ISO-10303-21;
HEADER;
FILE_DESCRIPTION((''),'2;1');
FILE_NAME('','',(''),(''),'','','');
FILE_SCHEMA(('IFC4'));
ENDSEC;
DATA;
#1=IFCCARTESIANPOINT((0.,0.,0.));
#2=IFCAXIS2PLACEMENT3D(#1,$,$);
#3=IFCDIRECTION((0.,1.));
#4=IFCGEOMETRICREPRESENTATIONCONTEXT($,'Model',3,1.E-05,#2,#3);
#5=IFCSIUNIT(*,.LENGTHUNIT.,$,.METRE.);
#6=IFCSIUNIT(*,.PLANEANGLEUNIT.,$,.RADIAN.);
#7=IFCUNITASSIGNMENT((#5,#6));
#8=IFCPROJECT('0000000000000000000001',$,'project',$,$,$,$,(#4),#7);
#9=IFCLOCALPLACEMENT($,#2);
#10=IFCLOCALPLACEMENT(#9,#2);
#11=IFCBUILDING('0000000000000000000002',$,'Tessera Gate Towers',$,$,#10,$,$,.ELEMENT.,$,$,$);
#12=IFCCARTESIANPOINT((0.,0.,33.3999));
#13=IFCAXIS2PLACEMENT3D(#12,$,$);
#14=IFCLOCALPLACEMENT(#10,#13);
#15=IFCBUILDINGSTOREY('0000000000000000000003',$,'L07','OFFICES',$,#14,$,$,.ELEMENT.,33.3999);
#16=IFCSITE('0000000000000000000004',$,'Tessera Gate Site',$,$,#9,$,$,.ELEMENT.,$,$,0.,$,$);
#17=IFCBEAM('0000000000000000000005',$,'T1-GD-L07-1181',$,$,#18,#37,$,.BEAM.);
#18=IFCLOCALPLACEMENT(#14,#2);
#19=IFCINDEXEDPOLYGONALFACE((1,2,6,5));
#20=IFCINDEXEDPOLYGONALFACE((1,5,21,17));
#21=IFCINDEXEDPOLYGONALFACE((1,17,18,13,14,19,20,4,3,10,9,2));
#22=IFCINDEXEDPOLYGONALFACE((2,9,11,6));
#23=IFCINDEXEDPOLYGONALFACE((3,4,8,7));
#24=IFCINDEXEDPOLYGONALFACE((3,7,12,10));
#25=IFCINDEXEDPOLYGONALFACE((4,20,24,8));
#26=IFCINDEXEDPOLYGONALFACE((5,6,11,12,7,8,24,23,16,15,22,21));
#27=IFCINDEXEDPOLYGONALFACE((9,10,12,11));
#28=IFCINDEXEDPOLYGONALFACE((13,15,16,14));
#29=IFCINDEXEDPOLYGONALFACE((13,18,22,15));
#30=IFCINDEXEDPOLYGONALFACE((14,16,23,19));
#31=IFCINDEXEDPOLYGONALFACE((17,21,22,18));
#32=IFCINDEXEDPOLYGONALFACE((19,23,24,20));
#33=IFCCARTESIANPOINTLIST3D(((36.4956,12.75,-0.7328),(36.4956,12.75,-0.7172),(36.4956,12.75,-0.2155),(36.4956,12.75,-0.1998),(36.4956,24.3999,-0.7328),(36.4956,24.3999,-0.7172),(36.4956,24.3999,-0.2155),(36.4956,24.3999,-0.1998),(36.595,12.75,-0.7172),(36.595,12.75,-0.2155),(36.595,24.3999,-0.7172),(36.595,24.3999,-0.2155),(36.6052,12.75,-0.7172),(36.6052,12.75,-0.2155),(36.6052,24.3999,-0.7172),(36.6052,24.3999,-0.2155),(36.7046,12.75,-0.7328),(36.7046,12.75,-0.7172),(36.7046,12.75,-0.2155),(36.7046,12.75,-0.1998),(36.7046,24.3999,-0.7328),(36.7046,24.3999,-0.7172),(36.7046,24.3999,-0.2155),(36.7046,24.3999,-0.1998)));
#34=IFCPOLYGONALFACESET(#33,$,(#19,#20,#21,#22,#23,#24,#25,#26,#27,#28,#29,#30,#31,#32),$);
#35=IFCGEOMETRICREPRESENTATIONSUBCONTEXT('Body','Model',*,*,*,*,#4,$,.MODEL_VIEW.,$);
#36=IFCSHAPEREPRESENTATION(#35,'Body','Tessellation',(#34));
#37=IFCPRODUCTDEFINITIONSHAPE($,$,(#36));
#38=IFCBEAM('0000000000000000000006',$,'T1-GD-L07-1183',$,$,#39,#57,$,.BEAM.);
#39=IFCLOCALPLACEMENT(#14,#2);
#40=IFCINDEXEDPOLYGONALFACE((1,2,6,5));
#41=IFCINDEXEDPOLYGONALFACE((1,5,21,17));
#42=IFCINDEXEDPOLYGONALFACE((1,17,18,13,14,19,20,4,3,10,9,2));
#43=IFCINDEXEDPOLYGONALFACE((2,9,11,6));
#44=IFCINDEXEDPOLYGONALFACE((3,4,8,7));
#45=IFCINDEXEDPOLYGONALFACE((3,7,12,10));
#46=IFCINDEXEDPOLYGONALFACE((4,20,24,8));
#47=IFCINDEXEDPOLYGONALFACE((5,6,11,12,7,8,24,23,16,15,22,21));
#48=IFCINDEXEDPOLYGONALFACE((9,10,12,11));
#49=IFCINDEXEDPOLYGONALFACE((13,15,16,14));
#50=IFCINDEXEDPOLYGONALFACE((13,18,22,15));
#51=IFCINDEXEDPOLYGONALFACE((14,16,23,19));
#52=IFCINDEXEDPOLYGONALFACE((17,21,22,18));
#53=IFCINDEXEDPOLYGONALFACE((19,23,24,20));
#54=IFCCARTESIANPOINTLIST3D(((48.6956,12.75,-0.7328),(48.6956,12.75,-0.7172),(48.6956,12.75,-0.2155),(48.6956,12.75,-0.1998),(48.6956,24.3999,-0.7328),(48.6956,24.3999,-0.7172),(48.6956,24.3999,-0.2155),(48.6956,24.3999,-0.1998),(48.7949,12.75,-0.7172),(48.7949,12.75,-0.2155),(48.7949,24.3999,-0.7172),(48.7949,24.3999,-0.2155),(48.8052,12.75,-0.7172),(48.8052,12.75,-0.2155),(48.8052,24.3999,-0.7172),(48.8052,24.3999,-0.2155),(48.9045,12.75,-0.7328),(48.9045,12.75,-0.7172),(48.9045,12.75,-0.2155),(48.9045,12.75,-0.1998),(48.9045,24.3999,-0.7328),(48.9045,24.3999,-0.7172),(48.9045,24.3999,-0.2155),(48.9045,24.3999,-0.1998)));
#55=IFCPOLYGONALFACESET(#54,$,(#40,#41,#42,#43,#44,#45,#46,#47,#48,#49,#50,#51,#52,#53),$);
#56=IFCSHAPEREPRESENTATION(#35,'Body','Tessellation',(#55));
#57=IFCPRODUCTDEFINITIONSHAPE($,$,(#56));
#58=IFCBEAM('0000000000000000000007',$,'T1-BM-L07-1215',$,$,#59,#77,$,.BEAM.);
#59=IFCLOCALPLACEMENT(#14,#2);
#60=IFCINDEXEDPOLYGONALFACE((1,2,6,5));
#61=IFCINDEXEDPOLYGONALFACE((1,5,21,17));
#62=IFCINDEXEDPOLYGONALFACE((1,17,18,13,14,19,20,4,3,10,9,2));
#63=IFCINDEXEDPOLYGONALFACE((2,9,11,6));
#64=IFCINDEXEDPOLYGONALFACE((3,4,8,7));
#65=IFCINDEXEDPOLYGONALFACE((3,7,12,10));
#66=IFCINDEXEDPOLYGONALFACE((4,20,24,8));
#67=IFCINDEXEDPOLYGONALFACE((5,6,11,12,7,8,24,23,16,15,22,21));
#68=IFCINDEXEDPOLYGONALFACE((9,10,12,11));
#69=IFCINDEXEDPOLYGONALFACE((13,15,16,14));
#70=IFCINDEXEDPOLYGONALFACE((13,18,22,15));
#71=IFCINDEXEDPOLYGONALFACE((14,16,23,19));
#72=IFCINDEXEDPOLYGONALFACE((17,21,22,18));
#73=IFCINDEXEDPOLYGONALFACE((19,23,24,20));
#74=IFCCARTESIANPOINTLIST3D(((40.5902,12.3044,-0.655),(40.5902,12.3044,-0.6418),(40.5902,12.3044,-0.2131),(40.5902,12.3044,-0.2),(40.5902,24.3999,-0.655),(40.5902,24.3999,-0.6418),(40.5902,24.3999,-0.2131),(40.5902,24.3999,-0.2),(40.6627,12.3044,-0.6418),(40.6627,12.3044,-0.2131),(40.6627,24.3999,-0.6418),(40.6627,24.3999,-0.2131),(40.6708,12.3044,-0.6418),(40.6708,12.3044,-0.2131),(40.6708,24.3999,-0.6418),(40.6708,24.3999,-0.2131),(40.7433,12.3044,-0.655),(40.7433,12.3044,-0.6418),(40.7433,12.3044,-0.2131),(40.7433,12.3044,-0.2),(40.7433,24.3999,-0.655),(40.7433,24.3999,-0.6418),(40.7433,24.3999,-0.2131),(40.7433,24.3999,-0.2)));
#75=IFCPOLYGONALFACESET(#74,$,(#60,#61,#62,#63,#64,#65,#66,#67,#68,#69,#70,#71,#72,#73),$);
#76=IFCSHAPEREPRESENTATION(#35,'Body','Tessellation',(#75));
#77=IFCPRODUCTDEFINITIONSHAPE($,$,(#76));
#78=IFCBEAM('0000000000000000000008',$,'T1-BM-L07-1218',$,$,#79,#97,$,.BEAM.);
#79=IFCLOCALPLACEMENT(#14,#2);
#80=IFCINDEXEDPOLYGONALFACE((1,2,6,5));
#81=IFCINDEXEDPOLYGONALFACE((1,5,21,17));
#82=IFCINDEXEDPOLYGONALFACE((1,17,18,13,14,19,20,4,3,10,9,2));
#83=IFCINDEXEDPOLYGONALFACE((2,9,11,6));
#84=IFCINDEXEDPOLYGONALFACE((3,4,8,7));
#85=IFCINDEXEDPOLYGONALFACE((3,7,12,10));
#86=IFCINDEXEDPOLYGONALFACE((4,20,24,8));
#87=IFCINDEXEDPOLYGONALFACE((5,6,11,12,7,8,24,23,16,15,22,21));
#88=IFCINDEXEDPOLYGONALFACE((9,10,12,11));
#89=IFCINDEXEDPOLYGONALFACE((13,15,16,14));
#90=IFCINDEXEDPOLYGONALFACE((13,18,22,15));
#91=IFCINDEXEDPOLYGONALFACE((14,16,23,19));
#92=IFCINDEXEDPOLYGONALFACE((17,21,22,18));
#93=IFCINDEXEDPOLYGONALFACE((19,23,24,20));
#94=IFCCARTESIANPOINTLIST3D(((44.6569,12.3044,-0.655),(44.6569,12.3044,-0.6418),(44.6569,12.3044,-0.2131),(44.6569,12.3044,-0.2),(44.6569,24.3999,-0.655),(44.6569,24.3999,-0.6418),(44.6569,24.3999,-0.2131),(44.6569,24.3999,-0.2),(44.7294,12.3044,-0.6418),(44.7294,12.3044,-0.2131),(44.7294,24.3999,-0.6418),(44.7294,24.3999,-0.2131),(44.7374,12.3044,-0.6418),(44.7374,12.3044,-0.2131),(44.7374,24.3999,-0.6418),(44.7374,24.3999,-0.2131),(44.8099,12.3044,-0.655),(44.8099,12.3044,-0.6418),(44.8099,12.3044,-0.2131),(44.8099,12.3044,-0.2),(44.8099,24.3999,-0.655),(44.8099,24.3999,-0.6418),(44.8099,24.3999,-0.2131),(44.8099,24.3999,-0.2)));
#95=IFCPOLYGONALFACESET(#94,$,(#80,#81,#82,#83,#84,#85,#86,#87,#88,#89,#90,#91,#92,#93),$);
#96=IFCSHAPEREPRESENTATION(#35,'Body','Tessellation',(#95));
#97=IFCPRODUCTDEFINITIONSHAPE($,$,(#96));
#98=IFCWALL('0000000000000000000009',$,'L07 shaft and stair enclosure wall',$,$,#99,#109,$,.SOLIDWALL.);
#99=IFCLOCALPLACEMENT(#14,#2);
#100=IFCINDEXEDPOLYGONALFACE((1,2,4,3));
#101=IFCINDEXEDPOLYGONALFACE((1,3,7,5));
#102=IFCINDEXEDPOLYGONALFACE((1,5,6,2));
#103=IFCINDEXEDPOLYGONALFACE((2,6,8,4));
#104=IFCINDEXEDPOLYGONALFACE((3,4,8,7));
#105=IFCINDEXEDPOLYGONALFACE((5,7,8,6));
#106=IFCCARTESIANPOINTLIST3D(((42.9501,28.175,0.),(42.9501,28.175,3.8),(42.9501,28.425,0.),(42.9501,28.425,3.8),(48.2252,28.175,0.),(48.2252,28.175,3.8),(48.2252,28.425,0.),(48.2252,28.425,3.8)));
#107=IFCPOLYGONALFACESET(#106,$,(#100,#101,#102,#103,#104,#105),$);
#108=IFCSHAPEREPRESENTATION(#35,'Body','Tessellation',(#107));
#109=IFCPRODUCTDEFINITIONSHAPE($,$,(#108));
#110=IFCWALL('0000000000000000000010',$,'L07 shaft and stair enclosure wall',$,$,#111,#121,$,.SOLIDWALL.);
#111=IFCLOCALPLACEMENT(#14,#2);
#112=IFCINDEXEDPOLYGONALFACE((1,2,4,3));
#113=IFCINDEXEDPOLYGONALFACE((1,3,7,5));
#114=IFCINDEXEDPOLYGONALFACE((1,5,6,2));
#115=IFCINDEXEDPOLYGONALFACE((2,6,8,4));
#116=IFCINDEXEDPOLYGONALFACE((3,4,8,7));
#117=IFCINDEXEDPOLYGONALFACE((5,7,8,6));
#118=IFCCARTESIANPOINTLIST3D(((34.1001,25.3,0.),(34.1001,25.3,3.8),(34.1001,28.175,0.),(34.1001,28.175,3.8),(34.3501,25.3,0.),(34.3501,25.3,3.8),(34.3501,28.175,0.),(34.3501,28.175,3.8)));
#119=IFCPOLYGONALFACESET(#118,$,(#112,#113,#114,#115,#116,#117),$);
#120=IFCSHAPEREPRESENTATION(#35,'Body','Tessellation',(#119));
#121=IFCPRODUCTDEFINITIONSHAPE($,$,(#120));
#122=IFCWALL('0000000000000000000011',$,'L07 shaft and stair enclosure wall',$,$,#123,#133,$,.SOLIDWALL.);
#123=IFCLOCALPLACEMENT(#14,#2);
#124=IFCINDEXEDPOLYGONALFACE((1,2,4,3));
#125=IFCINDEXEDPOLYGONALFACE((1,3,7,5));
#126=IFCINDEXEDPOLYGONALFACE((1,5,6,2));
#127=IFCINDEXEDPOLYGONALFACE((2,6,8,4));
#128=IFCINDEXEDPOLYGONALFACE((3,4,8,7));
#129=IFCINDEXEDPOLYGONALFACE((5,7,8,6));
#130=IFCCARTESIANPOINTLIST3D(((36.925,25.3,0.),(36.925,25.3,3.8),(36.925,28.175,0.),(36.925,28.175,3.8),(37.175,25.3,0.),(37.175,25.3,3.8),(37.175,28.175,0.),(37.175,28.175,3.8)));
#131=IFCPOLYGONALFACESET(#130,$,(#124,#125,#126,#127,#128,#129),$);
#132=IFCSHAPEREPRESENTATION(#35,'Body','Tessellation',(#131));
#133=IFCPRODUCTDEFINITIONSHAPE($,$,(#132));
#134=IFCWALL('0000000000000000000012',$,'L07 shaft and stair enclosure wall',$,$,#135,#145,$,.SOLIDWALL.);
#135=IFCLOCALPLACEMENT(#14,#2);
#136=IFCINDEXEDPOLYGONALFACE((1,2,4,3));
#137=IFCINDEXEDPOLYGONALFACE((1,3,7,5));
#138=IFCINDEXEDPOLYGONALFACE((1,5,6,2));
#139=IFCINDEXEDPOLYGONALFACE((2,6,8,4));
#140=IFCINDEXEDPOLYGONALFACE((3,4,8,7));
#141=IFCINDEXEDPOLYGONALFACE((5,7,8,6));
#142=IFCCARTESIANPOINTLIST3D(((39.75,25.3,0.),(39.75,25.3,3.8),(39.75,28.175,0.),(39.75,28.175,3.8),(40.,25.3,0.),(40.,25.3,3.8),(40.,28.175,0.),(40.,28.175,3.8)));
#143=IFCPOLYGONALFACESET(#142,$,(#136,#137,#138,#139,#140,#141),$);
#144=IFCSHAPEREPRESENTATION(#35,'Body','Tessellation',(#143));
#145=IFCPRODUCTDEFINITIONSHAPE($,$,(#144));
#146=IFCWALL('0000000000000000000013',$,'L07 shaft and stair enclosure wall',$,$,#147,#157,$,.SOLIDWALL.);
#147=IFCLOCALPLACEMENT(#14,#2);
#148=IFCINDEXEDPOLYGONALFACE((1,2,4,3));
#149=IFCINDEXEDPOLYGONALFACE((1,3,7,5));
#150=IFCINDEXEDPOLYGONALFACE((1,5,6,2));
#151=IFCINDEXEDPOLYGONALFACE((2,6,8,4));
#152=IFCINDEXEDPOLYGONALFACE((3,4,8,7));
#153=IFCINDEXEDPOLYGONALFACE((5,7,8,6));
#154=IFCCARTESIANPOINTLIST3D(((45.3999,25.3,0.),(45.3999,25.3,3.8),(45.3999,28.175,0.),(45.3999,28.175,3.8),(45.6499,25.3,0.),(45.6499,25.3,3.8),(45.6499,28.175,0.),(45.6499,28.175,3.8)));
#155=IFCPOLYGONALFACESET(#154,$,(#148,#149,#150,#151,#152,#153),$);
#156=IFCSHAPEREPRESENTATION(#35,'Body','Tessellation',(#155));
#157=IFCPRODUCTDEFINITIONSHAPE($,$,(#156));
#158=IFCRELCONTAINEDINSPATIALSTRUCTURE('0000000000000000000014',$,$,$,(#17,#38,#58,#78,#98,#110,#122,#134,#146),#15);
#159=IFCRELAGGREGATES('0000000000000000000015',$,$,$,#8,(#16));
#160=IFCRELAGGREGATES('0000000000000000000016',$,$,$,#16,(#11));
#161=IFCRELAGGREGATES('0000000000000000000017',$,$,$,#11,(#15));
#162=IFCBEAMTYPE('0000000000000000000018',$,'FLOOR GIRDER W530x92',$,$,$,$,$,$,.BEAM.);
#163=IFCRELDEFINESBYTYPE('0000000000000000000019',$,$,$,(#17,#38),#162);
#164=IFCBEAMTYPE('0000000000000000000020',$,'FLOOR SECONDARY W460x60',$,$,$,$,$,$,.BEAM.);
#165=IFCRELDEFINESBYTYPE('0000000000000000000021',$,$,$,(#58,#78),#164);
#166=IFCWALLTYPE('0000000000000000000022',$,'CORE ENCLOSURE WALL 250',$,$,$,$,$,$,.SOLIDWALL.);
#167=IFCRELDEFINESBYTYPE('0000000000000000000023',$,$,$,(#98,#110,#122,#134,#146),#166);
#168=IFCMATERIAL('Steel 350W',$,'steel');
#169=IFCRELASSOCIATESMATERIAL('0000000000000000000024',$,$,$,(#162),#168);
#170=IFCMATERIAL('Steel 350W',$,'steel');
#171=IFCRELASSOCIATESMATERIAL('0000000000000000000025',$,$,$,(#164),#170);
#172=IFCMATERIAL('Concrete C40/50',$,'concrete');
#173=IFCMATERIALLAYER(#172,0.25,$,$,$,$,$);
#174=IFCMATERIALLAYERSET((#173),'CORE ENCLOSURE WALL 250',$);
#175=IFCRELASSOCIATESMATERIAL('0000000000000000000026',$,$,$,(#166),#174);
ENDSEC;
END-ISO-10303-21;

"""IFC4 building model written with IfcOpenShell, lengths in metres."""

from ifc_helpers import new_model, si_unit, direction, frame, frame_2d, origin, origin_2d, place, context, subcontext, project, spatial, rectangle, i_section, extrude, material, layer, layer_set, material_profile, profile_set, type_object, element, save


model = new_model("IFC4")

# Units and contexts
model_context = context("Model", 3, precision=1e-05, world=origin(), true_north=direction((0.0, 1.0)))
body_context = subcontext(model_context, "Body", "Model", "MODEL_VIEW")
ifc_project = project(units=[si_unit("LENGTHUNIT", "METRE"), si_unit("PLANEANGLEUNIT", "RADIAN")], contexts=[model_context])

# Site, building, storey
site_placement = place(None, origin())
site = spatial("IfcSite", under=ifc_project, at=site_placement, Name="Tessera Gate Site", CompositionType="ELEMENT", RefElevation=0.0)
building_placement = place(site_placement, origin())
building = spatial("IfcBuilding", under=site, at=building_placement, Name="Tessera Gate Towers", CompositionType="ELEMENT")
storey_placement = place(building_placement, frame((0.0, 0.0, 33.3999)))
storey = spatial("IfcBuildingStorey", under=building, at=storey_placement, Name="L07", Description="OFFICES", CompositionType="ELEMENT", Elevation=33.3999)

# Beams
ifc_material_1 = material(Name="Steel 350W", Category="steel")
ifc_material_profile_1 = material_profile(ifc_material_1, i_section(OverallWidth=0.209, OverallDepth=0.533, WebThickness=0.0103, FlangeThickness=0.0156, at=origin_2d()), Name="W530x92")
ifc_profile_set_1 = profile_set([ifc_material_profile_1], Name="Steel 350W")
beam_type_1 = type_object("IfcBeamType", Name="FLOOR GIRDER W530x92", PredefinedType="BEAM", material=ifc_profile_set_1)
for number, where, z_axis, x_axis, name in (
    (1, (36.6001, 12.75, -0.4663), (0.0, 1.0, 0.0), (-1.0, 0.0, 0.0), "T1-GD-L07-1181"),
    (2, (48.8, 12.75, -0.4663), (0.0, 1.0, 0.0), (-1.0, 0.0, 0.0), "T1-GD-L07-1183"),
):
    element("IfcBeam", number, at=place(storey_placement, frame(where, z_axis=z_axis, x_axis=x_axis)), inside=storey, type_object=beam_type_1, Name=name, PredefinedType="BEAM", context=body_context, shape_type="SweptSolid", body=[
        extrude(i_section(OverallWidth=0.209, OverallDepth=0.533, WebThickness=0.0103, FlangeThickness=0.0156, at=origin_2d()), origin(), (0.0, 0.0, 1.0), 11.6499),
    ])
ifc_material_2 = material(Name="Steel 350W", Category="steel")
ifc_material_profile_2 = material_profile(ifc_material_2, i_section(OverallWidth=0.1531, OverallDepth=0.4551, WebThickness=0.0081, FlangeThickness=0.0132, at=origin_2d()), Name="W460x60")
ifc_profile_set_2 = profile_set([ifc_material_profile_2], Name="Steel 350W")
beam_type_2 = type_object("IfcBeamType", Name="FLOOR SECONDARY W460x60", PredefinedType="BEAM", material=ifc_profile_set_2)
for number, where, z_axis, x_axis, name in (
    (3, (40.6667, 12.3044, -0.4275), (0.0, 1.0, 0.0), (-1.0, 0.0, 0.0), "T1-BM-L07-1215"),
    (4, (44.7334, 12.3044, -0.4275), (0.0, 1.0, 0.0), (-1.0, 0.0, 0.0), "T1-BM-L07-1218"),
):
    element("IfcBeam", number, at=place(storey_placement, frame(where, z_axis=z_axis, x_axis=x_axis)), inside=storey, type_object=beam_type_2, Name=name, PredefinedType="BEAM", context=body_context, shape_type="SweptSolid", body=[
        extrude(i_section(OverallWidth=0.1531, OverallDepth=0.4551, WebThickness=0.0081, FlangeThickness=0.0132, at=origin_2d()), origin(), (0.0, 0.0, 1.0), 12.0955),
    ])

# Walls
ifc_material_3 = material(Name="Concrete C40/50", Category="concrete")
ifc_layer_1 = layer(ifc_material_3, 0.25)
ifc_layer_set_1 = layer_set([ifc_layer_1], Name="CORE ENCLOSURE WALL 250")
wall_type_1 = type_object("IfcWallType", Name="CORE ENCLOSURE WALL 250", PredefinedType="SOLIDWALL", material=ifc_layer_set_1)
wall_1_placement = place(storey_placement, frame((42.95, 28.3, 0.0), z_axis=(0.0, 0.0, 1.0), x_axis=(1.0, 0.0, 0.0)))
element("IfcWall", 5, at=wall_1_placement, inside=storey, type_object=wall_type_1, Name="L07 shaft and stair enclosure wall", PredefinedType="SOLIDWALL", context=body_context, shape_type="SweptSolid", body=[
    extrude(rectangle(XDim=5.2751, YDim=0.25, at=frame_2d((2.6377, 0.0))), origin(), (0.0, 0.0, 1.0), 3.8),
])
for number, where, z_axis, x_axis, name in (
    (6, (34.2251, 25.3, 0.0), (0.0, 0.0, 1.0), (0.0, 1.0, 0.0), "L07 shaft and stair enclosure wall"),
    (7, (37.05, 25.3, 0.0), (0.0, 0.0, 1.0), (0.0, 1.0, 0.0), "L07 shaft and stair enclosure wall"),
    (8, (39.875, 25.3, 0.0), (0.0, 0.0, 1.0), (0.0, 1.0, 0.0), "L07 shaft and stair enclosure wall"),
    (9, (45.5249, 25.3, 0.0), (0.0, 0.0, 1.0), (0.0, 1.0, 0.0), "L07 shaft and stair enclosure wall"),
):
    element("IfcWall", number, at=place(storey_placement, frame(where, z_axis=z_axis, x_axis=x_axis)), inside=storey, type_object=wall_type_1, Name=name, PredefinedType="SOLIDWALL", context=body_context, shape_type="SweptSolid", body=[
        extrude(rectangle(XDim=2.875, YDim=0.25, at=frame_2d((1.4375, 0.0))), origin(), (0.0, 0.0, 1.0), 3.8),
    ])

save(model, "model.ifc")
